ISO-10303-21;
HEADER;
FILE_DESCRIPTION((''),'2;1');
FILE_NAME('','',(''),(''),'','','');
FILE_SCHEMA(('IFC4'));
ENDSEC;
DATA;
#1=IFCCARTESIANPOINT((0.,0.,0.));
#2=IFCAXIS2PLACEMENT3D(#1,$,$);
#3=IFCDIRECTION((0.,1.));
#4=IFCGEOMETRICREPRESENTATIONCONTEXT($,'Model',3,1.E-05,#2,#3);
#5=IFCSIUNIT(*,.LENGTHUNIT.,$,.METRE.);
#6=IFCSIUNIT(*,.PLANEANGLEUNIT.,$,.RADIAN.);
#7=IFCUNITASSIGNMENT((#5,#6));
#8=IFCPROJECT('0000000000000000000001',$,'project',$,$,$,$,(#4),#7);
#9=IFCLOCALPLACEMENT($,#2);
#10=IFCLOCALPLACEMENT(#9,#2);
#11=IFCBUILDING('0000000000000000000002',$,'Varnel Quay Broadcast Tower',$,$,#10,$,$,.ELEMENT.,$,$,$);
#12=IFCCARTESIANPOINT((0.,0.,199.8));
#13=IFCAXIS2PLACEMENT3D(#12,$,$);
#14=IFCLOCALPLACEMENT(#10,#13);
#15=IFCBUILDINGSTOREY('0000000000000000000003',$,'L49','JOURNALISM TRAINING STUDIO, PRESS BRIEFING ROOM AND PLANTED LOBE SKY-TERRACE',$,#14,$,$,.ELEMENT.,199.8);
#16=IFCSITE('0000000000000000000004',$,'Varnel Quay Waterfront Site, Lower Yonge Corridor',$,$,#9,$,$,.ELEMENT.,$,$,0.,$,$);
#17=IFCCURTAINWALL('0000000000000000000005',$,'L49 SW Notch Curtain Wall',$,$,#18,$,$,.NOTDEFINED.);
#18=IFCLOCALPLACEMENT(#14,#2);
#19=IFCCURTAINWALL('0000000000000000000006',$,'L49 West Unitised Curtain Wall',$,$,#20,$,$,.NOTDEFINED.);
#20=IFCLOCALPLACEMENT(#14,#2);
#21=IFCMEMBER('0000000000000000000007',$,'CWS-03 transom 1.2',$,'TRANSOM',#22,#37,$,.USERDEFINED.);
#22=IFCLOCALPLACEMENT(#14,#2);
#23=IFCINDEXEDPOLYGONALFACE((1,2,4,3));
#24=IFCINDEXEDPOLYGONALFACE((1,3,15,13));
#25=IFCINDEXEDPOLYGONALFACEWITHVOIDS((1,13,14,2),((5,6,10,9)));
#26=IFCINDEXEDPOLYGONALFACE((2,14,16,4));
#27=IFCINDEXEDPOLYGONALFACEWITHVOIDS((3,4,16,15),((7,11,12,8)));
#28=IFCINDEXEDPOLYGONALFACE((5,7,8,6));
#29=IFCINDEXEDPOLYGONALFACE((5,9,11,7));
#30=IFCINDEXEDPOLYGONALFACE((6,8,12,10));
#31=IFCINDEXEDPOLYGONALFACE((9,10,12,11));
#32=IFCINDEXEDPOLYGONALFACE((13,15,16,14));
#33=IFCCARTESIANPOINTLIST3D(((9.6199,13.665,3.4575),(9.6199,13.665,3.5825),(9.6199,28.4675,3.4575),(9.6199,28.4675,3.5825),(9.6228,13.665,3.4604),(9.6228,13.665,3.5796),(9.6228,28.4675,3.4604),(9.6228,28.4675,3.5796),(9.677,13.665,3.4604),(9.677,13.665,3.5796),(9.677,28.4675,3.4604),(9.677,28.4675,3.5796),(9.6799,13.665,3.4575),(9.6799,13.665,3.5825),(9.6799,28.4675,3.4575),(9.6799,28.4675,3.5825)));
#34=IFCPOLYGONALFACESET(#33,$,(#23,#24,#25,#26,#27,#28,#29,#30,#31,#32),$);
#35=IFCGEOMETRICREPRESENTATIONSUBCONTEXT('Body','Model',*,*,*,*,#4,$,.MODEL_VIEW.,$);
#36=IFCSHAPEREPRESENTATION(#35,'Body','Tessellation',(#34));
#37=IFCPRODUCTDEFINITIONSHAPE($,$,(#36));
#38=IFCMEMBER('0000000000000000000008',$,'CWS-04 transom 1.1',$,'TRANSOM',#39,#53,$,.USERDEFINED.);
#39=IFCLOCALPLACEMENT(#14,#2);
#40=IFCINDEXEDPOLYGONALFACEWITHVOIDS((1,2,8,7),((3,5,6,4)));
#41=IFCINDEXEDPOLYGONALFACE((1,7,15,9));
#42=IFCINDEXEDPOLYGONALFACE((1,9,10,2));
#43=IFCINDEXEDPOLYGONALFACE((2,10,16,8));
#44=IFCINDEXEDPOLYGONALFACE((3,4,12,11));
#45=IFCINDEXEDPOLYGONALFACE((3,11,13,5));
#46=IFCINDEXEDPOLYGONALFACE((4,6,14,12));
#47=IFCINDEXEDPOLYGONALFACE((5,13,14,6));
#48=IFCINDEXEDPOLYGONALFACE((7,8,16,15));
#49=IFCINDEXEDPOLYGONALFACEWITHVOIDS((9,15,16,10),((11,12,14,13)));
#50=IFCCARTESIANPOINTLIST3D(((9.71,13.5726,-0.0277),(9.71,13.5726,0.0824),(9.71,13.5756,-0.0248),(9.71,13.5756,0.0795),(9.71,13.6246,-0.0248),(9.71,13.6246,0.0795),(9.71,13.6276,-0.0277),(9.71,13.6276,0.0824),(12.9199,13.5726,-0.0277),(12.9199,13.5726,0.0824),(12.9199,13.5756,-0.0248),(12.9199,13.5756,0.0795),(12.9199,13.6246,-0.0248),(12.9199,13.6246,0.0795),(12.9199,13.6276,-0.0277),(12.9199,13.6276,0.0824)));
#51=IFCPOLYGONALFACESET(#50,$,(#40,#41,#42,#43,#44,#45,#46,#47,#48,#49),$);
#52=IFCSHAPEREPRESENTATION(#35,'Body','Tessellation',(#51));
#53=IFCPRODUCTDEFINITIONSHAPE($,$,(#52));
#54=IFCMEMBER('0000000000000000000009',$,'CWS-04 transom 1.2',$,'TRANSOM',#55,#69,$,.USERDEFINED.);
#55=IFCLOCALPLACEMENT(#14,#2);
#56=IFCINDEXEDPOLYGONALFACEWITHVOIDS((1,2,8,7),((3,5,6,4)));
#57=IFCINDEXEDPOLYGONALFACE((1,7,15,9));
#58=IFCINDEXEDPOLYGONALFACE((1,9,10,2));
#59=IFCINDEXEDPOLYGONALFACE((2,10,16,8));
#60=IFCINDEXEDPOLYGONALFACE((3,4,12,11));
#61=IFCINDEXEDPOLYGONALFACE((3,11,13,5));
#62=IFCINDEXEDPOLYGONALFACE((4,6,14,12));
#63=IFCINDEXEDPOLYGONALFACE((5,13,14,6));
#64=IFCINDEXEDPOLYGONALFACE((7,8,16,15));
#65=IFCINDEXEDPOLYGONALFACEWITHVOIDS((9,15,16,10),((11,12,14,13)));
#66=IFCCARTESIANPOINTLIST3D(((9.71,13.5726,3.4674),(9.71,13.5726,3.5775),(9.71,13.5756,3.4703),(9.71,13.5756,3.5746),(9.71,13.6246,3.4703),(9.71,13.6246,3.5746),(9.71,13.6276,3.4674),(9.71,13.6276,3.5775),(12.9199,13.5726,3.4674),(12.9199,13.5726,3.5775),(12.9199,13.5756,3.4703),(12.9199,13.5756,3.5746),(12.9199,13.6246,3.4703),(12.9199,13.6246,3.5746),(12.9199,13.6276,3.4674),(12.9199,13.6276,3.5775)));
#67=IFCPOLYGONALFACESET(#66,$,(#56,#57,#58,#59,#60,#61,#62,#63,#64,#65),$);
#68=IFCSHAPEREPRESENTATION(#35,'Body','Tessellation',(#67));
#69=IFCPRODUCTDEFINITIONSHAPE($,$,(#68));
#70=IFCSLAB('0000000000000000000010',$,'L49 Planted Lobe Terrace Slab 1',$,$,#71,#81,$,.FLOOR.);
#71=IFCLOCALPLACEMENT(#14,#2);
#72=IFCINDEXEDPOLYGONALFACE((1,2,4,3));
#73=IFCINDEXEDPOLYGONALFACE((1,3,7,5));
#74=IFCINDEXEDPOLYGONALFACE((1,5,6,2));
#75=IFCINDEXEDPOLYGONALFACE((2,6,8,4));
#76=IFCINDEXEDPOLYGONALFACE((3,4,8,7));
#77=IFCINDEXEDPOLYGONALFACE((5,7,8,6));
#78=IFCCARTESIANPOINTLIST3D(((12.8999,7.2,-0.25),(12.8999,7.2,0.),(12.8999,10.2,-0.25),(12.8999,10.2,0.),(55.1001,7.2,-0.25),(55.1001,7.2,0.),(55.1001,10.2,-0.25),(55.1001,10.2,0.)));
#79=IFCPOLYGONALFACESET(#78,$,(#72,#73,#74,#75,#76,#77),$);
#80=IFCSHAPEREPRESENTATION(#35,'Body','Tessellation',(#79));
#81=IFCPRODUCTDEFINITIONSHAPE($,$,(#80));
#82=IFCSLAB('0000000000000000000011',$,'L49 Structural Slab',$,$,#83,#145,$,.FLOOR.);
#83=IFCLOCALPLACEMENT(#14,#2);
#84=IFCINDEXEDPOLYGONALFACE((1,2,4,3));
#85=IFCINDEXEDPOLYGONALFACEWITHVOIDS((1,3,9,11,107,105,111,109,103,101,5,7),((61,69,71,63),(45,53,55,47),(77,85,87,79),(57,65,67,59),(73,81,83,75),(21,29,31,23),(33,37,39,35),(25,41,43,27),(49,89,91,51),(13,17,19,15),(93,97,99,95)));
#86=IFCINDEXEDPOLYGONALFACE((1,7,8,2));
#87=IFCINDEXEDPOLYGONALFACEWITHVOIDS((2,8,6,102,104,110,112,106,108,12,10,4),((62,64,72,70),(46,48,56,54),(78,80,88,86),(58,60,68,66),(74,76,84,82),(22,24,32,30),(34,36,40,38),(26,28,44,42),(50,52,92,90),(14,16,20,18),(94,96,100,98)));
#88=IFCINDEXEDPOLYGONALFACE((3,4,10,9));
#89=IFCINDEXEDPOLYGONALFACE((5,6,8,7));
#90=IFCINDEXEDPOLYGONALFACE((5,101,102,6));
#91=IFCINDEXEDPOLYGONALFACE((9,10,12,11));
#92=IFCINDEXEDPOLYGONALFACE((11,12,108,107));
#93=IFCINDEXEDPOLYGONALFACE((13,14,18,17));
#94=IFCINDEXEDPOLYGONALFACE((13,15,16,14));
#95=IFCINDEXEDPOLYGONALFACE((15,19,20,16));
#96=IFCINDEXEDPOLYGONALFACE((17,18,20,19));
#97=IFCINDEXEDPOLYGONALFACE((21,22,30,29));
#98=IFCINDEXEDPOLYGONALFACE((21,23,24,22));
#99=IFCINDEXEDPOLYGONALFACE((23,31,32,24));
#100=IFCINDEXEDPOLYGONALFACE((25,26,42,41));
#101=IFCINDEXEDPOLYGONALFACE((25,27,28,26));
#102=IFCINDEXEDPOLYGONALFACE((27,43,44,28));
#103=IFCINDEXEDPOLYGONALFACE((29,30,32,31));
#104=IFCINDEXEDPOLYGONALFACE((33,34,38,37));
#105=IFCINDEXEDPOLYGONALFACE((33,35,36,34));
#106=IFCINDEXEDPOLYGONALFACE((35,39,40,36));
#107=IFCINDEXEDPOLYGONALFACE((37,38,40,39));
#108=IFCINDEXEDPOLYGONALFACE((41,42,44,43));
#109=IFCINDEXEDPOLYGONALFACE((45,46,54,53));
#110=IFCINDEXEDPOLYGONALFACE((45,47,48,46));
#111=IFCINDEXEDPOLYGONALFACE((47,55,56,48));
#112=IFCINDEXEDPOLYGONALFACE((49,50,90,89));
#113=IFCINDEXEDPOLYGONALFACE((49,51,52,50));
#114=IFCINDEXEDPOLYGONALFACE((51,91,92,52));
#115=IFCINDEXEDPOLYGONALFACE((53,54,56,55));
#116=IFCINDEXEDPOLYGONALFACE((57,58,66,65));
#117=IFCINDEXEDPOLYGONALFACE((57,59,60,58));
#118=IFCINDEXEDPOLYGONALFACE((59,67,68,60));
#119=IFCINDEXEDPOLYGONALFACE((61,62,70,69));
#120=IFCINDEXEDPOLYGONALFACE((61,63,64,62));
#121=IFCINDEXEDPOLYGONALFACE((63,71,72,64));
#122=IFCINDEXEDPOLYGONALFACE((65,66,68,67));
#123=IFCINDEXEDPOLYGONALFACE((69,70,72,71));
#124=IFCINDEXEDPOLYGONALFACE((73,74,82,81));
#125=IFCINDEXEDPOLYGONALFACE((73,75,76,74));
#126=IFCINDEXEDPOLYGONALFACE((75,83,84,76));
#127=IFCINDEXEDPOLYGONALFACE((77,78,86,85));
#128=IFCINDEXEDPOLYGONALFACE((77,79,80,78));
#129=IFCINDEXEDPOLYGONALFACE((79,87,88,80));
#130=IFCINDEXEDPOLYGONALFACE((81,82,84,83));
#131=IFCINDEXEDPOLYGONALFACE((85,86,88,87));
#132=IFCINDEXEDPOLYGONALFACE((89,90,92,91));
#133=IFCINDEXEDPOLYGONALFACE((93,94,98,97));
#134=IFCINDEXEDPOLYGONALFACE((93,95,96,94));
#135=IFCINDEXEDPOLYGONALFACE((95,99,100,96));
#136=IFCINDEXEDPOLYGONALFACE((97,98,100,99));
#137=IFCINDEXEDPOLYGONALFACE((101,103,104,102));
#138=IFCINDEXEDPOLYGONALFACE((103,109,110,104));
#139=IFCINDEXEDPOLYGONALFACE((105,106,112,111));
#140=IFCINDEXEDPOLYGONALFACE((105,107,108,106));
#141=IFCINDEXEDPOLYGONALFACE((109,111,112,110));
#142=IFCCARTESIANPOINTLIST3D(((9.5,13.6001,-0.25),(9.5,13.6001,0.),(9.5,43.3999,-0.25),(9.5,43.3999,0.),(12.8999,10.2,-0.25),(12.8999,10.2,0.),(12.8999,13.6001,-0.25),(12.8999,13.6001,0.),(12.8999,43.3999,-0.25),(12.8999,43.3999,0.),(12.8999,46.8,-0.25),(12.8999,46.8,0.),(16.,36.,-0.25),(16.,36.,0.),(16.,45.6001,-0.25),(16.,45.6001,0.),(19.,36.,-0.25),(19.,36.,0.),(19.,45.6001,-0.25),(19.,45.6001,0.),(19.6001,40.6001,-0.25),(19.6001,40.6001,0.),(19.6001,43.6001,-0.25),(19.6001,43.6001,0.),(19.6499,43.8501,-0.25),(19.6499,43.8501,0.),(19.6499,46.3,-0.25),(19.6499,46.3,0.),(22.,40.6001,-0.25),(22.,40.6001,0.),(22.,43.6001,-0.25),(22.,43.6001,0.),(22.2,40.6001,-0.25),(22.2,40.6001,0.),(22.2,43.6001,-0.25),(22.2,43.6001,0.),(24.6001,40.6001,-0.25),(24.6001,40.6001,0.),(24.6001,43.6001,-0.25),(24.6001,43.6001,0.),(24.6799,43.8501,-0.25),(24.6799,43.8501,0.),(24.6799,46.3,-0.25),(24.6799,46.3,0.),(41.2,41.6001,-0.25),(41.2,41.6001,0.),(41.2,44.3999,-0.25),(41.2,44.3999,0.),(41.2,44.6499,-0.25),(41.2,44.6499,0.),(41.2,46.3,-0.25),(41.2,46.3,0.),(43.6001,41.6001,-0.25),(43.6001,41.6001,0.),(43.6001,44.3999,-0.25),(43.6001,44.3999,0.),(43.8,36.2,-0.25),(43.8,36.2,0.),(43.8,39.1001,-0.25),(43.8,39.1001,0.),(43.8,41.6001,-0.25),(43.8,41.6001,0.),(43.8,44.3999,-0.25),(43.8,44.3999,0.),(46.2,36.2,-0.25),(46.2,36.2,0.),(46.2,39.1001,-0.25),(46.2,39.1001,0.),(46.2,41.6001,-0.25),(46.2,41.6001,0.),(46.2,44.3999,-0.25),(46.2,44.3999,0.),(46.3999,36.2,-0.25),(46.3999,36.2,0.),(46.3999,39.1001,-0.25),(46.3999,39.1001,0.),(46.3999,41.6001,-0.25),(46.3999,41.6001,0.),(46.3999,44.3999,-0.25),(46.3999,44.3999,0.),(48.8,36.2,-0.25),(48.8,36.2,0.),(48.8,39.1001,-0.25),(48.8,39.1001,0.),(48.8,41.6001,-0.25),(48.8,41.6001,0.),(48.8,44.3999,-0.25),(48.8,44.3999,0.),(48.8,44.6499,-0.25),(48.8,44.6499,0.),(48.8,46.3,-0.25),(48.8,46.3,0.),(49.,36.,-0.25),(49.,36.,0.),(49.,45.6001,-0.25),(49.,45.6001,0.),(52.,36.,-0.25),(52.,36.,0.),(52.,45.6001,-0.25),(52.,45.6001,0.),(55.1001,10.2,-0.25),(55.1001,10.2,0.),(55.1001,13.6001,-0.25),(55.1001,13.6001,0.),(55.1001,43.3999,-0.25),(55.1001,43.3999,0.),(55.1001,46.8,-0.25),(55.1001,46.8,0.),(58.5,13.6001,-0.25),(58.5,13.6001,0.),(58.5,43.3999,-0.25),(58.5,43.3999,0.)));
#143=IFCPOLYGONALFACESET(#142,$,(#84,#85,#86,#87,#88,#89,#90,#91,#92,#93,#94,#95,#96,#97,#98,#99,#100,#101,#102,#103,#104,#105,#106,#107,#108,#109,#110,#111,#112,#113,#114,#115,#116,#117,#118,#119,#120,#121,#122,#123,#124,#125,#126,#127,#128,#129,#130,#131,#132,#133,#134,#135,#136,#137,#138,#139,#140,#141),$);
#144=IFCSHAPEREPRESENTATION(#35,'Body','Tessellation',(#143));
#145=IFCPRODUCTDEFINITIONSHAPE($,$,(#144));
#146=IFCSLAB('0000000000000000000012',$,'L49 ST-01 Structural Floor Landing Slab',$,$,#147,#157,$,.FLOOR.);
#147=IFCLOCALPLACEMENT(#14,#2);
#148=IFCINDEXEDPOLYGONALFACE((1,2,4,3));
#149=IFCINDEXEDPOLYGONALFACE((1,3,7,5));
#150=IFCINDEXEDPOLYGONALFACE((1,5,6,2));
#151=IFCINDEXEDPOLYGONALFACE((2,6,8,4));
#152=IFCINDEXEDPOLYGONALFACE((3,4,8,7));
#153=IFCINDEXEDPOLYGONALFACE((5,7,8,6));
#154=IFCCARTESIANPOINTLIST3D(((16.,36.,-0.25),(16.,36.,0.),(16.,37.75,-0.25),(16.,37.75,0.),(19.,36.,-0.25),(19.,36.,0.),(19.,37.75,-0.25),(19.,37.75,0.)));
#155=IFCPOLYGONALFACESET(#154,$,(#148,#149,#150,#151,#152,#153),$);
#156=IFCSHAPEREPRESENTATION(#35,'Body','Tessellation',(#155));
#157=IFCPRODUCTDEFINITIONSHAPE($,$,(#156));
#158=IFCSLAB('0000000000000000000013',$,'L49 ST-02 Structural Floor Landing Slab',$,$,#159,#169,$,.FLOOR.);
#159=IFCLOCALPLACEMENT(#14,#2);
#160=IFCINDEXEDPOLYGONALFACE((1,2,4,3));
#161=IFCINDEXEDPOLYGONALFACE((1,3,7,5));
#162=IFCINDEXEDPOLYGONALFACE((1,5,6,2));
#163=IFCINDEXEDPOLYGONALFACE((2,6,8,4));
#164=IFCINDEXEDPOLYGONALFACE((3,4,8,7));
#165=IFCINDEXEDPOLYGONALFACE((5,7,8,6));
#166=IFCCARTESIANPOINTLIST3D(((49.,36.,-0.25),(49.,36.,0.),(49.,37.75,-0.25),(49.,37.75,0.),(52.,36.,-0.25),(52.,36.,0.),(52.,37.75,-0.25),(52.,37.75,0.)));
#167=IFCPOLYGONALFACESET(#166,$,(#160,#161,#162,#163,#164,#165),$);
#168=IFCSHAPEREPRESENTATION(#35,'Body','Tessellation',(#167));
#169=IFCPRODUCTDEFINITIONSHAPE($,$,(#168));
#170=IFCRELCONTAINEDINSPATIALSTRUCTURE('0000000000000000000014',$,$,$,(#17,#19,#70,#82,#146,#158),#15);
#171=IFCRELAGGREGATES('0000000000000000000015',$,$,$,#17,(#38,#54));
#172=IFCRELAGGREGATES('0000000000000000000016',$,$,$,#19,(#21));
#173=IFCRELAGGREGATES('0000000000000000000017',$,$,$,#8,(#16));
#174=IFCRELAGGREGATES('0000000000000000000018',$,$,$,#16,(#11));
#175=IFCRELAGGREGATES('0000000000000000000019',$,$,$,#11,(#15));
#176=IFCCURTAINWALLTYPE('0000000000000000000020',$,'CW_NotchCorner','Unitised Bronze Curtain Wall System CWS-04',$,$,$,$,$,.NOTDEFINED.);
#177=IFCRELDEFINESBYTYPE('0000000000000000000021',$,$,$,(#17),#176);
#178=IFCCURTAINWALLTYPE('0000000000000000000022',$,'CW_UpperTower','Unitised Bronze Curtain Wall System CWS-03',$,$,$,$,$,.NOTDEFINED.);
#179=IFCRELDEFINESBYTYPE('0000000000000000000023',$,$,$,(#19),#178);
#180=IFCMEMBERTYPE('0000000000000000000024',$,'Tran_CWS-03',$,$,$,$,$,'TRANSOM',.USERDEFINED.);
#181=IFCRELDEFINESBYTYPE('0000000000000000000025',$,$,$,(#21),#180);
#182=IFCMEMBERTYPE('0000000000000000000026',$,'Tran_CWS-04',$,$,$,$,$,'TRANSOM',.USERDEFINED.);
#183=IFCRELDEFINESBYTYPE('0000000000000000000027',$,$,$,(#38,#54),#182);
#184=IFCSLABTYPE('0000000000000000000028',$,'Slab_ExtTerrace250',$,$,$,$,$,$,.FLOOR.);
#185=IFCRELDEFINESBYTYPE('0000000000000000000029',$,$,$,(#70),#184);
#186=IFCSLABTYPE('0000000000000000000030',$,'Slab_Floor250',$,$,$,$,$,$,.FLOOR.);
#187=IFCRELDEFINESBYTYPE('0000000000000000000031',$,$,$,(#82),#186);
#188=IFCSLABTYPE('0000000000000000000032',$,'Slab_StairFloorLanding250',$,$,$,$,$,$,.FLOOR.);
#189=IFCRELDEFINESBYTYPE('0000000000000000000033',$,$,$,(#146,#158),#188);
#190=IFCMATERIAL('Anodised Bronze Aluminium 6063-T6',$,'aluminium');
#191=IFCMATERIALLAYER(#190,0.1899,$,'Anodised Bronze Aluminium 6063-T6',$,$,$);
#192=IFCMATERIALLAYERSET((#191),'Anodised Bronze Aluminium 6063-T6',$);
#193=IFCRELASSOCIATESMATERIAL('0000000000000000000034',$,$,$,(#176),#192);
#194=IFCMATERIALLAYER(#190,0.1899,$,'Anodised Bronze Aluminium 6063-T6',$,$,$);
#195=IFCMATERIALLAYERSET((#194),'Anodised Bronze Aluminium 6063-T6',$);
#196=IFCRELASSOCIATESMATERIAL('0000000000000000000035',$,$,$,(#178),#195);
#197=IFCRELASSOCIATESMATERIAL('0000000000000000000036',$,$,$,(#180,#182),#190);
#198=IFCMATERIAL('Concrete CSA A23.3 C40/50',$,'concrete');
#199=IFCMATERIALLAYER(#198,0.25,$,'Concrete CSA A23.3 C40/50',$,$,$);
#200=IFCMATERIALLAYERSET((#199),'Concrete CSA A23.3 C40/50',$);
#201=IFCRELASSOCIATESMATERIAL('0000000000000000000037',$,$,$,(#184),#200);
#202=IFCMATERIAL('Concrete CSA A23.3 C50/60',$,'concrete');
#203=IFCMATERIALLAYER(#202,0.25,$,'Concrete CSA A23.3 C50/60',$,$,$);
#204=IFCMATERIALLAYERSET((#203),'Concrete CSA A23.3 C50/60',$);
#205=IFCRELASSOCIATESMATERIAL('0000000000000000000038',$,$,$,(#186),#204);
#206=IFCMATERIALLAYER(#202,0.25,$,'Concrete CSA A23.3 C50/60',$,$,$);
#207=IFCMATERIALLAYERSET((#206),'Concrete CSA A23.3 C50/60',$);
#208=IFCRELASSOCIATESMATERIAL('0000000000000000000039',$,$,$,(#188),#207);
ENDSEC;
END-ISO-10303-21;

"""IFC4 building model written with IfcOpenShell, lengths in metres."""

from ifc_helpers import new_model, si_unit, direction, frame, origin, origin_2d, place, context, subcontext, project, spatial, polyline, hollow_rectangle, outline, extrude, source, transform, mapped, material, layer, layer_set, material_profile, profile_set, type_object, type_shapes, element, aggregate, save


model = new_model("IFC4")

# Units and contexts
model_context = context("Model", 3, precision=1e-05, world=origin(), true_north=direction((0.0, 1.0)))
body_context = subcontext(model_context, "Body", "Model", "MODEL_VIEW")
ifc_project = project(units=[si_unit("LENGTHUNIT", "METRE"), si_unit("PLANEANGLEUNIT", "RADIAN")], contexts=[model_context])

# Site, building, storey
site_placement = place(None, origin())
site = spatial("IfcSite", under=ifc_project, at=site_placement, Name="Varnel Quay Waterfront Site, Lower Yonge Corridor", CompositionType="ELEMENT", RefElevation=0.0)
building_placement = place(site_placement, origin())
building = spatial("IfcBuilding", under=site, at=building_placement, Name="Varnel Quay Broadcast Tower", CompositionType="ELEMENT")
storey_placement = place(building_placement, frame((0.0, 0.0, 199.8)))
storey = spatial("IfcBuildingStorey", under=building, at=storey_placement, Name="L49", Description="JOURNALISM TRAINING STUDIO, PRESS BRIEFING ROOM AND PLANTED LOBE SKY-TERRACE", CompositionType="ELEMENT", Elevation=199.8)

# Curtain wall
ifc_material_1 = material(Name="Anodised Bronze Aluminium 6063-T6", Category="aluminium")
ifc_layer_1 = layer(ifc_material_1, 0.1899, Name="Anodised Bronze Aluminium 6063-T6")
ifc_layer_set_1 = layer_set([ifc_layer_1], Name="Anodised Bronze Aluminium 6063-T6")
curtain_wall_type_1 = type_object("IfcCurtainWallType", Name="CW_NotchCorner", Description="Unitised Bronze Curtain Wall System CWS-04", PredefinedType="NOTDEFINED", material=ifc_layer_set_1)
curtain_wall_1_placement = place(storey_placement, origin())
curtain_wall_1 = element("IfcCurtainWall", 1, at=curtain_wall_1_placement, inside=storey, type_object=curtain_wall_type_1, Name="L49 SW Notch Curtain Wall", PredefinedType="NOTDEFINED")

# Curtain wall, member
ifc_layer_2 = layer(ifc_material_1, 0.1899, Name="Anodised Bronze Aluminium 6063-T6")
ifc_layer_set_2 = layer_set([ifc_layer_2], Name="Anodised Bronze Aluminium 6063-T6")
curtain_wall_type_2 = type_object("IfcCurtainWallType", Name="CW_UpperTower", Description="Unitised Bronze Curtain Wall System CWS-03", PredefinedType="NOTDEFINED", material=ifc_layer_set_2)
curtain_wall_2_placement = place(storey_placement, origin())
curtain_wall_2 = element("IfcCurtainWall", 2, at=curtain_wall_2_placement, inside=storey, type_object=curtain_wall_type_2, Name="L49 West Unitised Curtain Wall", PredefinedType="NOTDEFINED")
ifc_material_profile_1 = material_profile(ifc_material_1, hollow_rectangle(XDim=0.0601, YDim=0.125, WallThickness=0.0029, at=origin_2d()), Name="ALU60X125X3")
ifc_profile_set_1 = profile_set([ifc_material_profile_1], Name="Anodised Bronze Aluminium 6063-T6")
member_type_1 = type_object("IfcMemberType", Name="Tran_CWS-03", ElementType="TRANSOM", PredefinedType="USERDEFINED", material=ifc_profile_set_1)
shared_shape_1 = source(origin(), body_context, "Body", "SweptSolid", [
    extrude(hollow_rectangle(XDim=0.0601, YDim=0.125, WallThickness=0.0029, at=origin_2d()), origin(), (0.0, 0.0, 1.0), 14.8025),
])
type_shapes(member_type_1, [shared_shape_1])
member_1_placement = place(storey_placement, frame((9.6499, 13.665, 3.52), z_axis=(0.0, 1.0, 0.0), x_axis=(-1.0, 0.0, 0.0)))
member_1 = element("IfcMember", 3, at=member_1_placement, type_object=member_type_1, Name="CWS-03 transom 1.2", ObjectType="TRANSOM", PredefinedType="USERDEFINED", context=body_context, shape_type="MappedRepresentation", body=[
    mapped(shared_shape_1, transform((0.0, 0.0, 0.0), x_axis=(1.0, 0.0, 0.0), y_axis=(0.0, 1.0, 0.0), z_axis=(0.0, 0.0, 1.0), scale=1.0)),
])

# Members
ifc_material_profile_2 = material_profile(ifc_material_1, hollow_rectangle(XDim=0.0549, YDim=0.1101, WallThickness=0.0029, at=origin_2d()), Name="ALU55X110X3")
ifc_profile_set_2 = profile_set([ifc_material_profile_2], Name="Anodised Bronze Aluminium 6063-T6")
member_type_2 = type_object("IfcMemberType", Name="Tran_CWS-04", ElementType="TRANSOM", PredefinedType="USERDEFINED", material=ifc_profile_set_2)
shared_shape_2 = source(origin(), body_context, "Body", "SweptSolid", [
    extrude(hollow_rectangle(XDim=0.0549, YDim=0.1101, WallThickness=0.0029, at=origin_2d()), origin(), (0.0, 0.0, 1.0), 3.21),
])
type_shapes(member_type_2, [shared_shape_2])
member_2_placement = place(storey_placement, frame((9.71, 13.6001, 0.0273), z_axis=(1.0, 0.0, 0.0), x_axis=(0.0, 1.0, 0.0)))
member_2 = element("IfcMember", 4, at=member_2_placement, type_object=member_type_2, Name="CWS-04 transom 1.1", ObjectType="TRANSOM", PredefinedType="USERDEFINED", context=body_context, shape_type="MappedRepresentation", body=[
    mapped(shared_shape_2, transform((0.0, 0.0, 0.0), x_axis=(1.0, 0.0, 0.0), y_axis=(0.0, 1.0, 0.0), z_axis=(0.0, 0.0, 1.0), scale=1.0)),
])
member_3_placement = place(storey_placement, frame((9.71, 13.6001, 3.5225), z_axis=(1.0, 0.0, 0.0), x_axis=(0.0, 1.0, 0.0)))
member_3 = element("IfcMember", 5, at=member_3_placement, type_object=member_type_2, Name="CWS-04 transom 1.2", ObjectType="TRANSOM", PredefinedType="USERDEFINED", context=body_context, shape_type="MappedRepresentation", body=[
    mapped(shared_shape_2, transform((0.0, 0.0, 0.0), x_axis=(1.0, 0.0, 0.0), y_axis=(0.0, 1.0, 0.0), z_axis=(0.0, 0.0, 1.0), scale=1.0)),
])
aggregate(curtain_wall_1, [member_2, member_3])

# Slabs
ifc_material_2 = material(Name="Concrete CSA A23.3 C40/50", Category="concrete")
ifc_layer_3 = layer(ifc_material_2, 0.25, Name="Concrete CSA A23.3 C40/50")
ifc_layer_set_3 = layer_set([ifc_layer_3], Name="Concrete CSA A23.3 C40/50")
slab_type_1 = type_object("IfcSlabType", Name="Slab_ExtTerrace250", PredefinedType="FLOOR", material=ifc_layer_set_3)
slab_1_placement = place(storey_placement, frame((0.0, 0.0, -0.25)))
element("IfcSlab", 6, at=slab_1_placement, inside=storey, type_object=slab_type_1, Name="L49 Planted Lobe Terrace Slab 1", PredefinedType="FLOOR", context=body_context, shape_type="SweptSolid", body=[
    extrude(outline(polyline([(12.8999, 7.2), (55.1001, 7.2), (55.1001, 10.2), (12.8999, 10.2), (12.8999, 7.2)])), origin(), (0.0, 0.0, 1.0), 0.25),
])
ifc_material_3 = material(Name="Concrete CSA A23.3 C50/60", Category="concrete")
ifc_layer_4 = layer(ifc_material_3, 0.25, Name="Concrete CSA A23.3 C50/60")
ifc_layer_set_4 = layer_set([ifc_layer_4], Name="Concrete CSA A23.3 C50/60")
slab_type_2 = type_object("IfcSlabType", Name="Slab_Floor250", PredefinedType="FLOOR", material=ifc_layer_set_4)
slab_2_placement = place(storey_placement, frame((0.0, 0.0, -0.25)))
element("IfcSlab", 7, at=slab_2_placement, inside=storey, type_object=slab_type_2, Name="L49 Structural Slab", PredefinedType="FLOOR", context=body_context, shape_type="SweptSolid", body=[
    extrude(outline(polyline([(12.8999, 10.2), (55.1001, 10.2), (55.1001, 13.6001), (58.5, 13.6001), (58.5, 43.3999), (55.1001, 43.3999), (55.1001, 46.8), (12.8999, 46.8), (12.8999, 43.3999), (9.5, 43.3999), (9.5, 13.6001), (12.8999, 13.6001), (12.8999, 10.2)]), holes=[polyline([(19.0, 36.0), (16.0, 36.0), (16.0, 45.6001), (19.0, 45.6001), (19.0, 36.0)]), polyline([(19.6001, 40.6001), (19.6001, 43.6001), (22.0, 43.6001), (22.0, 40.6001), (19.6001, 40.6001)]), polyline([(22.2, 40.6001), (22.2, 43.6001), (24.6001, 43.6001), (24.6001, 40.6001), (22.2, 40.6001)]), polyline([(41.2, 44.3999), (43.6001, 44.3999), (43.6001, 41.6001), (41.2, 41.6001), (41.2, 44.3999)]), polyline([(43.8, 44.3999), (46.2, 44.3999), (46.2, 41.6001), (43.8, 41.6001), (43.8, 44.3999)]), polyline([(19.6499, 43.8501), (19.6499, 46.3), (24.6799, 46.3), (24.6799, 43.8501), (19.6499, 43.8501)]), polyline([(43.8, 39.1001), (46.2, 39.1001), (46.2, 36.2), (43.8, 36.2), (43.8, 39.1001)]), polyline([(46.3999, 39.1001), (48.8, 39.1001), (48.8, 36.2), (46.3999, 36.2), (46.3999, 39.1001)]), polyline([(52.0, 36.0), (49.0, 36.0), (49.0, 45.6001), (52.0, 45.6001), (52.0, 36.0)]), polyline([(46.3999, 44.3999), (48.8, 44.3999), (48.8, 41.6001), (46.3999, 41.6001), (46.3999, 44.3999)]), polyline([(41.2, 46.3), (48.8, 46.3), (48.8, 44.6499), (41.2, 44.6499), (41.2, 46.3)])]), origin(), (0.0, 0.0, 1.0), 0.25),
])
ifc_layer_5 = layer(ifc_material_3, 0.25, Name="Concrete CSA A23.3 C50/60")
ifc_layer_set_5 = layer_set([ifc_layer_5], Name="Concrete CSA A23.3 C50/60")
slab_type_3 = type_object("IfcSlabType", Name="Slab_StairFloorLanding250", PredefinedType="FLOOR", material=ifc_layer_set_5)
slab_3_placement = place(storey_placement, frame((0.0, 0.0, -0.25)))
element("IfcSlab", 8, at=slab_3_placement, inside=storey, type_object=slab_type_3, Name="L49 ST-01 Structural Floor Landing Slab", PredefinedType="FLOOR", context=body_context, shape_type="SweptSolid", body=[
    extrude(outline(polyline([(19.0, 36.0), (19.0, 37.75), (16.0, 37.75), (16.0, 36.0), (19.0, 36.0)])), origin(), (0.0, 0.0, 1.0), 0.25),
])
slab_4_placement = place(storey_placement, frame((0.0, 0.0, -0.25)))
element("IfcSlab", 9, at=slab_4_placement, inside=storey, type_object=slab_type_3, Name="L49 ST-02 Structural Floor Landing Slab", PredefinedType="FLOOR", context=body_context, shape_type="SweptSolid", body=[
    extrude(outline(polyline([(52.0, 36.0), (52.0, 37.75), (49.0, 37.75), (49.0, 36.0), (52.0, 36.0)])), origin(), (0.0, 0.0, 1.0), 0.25),
])

aggregate(curtain_wall_2, [member_1])

save(model, "model.ifc")
